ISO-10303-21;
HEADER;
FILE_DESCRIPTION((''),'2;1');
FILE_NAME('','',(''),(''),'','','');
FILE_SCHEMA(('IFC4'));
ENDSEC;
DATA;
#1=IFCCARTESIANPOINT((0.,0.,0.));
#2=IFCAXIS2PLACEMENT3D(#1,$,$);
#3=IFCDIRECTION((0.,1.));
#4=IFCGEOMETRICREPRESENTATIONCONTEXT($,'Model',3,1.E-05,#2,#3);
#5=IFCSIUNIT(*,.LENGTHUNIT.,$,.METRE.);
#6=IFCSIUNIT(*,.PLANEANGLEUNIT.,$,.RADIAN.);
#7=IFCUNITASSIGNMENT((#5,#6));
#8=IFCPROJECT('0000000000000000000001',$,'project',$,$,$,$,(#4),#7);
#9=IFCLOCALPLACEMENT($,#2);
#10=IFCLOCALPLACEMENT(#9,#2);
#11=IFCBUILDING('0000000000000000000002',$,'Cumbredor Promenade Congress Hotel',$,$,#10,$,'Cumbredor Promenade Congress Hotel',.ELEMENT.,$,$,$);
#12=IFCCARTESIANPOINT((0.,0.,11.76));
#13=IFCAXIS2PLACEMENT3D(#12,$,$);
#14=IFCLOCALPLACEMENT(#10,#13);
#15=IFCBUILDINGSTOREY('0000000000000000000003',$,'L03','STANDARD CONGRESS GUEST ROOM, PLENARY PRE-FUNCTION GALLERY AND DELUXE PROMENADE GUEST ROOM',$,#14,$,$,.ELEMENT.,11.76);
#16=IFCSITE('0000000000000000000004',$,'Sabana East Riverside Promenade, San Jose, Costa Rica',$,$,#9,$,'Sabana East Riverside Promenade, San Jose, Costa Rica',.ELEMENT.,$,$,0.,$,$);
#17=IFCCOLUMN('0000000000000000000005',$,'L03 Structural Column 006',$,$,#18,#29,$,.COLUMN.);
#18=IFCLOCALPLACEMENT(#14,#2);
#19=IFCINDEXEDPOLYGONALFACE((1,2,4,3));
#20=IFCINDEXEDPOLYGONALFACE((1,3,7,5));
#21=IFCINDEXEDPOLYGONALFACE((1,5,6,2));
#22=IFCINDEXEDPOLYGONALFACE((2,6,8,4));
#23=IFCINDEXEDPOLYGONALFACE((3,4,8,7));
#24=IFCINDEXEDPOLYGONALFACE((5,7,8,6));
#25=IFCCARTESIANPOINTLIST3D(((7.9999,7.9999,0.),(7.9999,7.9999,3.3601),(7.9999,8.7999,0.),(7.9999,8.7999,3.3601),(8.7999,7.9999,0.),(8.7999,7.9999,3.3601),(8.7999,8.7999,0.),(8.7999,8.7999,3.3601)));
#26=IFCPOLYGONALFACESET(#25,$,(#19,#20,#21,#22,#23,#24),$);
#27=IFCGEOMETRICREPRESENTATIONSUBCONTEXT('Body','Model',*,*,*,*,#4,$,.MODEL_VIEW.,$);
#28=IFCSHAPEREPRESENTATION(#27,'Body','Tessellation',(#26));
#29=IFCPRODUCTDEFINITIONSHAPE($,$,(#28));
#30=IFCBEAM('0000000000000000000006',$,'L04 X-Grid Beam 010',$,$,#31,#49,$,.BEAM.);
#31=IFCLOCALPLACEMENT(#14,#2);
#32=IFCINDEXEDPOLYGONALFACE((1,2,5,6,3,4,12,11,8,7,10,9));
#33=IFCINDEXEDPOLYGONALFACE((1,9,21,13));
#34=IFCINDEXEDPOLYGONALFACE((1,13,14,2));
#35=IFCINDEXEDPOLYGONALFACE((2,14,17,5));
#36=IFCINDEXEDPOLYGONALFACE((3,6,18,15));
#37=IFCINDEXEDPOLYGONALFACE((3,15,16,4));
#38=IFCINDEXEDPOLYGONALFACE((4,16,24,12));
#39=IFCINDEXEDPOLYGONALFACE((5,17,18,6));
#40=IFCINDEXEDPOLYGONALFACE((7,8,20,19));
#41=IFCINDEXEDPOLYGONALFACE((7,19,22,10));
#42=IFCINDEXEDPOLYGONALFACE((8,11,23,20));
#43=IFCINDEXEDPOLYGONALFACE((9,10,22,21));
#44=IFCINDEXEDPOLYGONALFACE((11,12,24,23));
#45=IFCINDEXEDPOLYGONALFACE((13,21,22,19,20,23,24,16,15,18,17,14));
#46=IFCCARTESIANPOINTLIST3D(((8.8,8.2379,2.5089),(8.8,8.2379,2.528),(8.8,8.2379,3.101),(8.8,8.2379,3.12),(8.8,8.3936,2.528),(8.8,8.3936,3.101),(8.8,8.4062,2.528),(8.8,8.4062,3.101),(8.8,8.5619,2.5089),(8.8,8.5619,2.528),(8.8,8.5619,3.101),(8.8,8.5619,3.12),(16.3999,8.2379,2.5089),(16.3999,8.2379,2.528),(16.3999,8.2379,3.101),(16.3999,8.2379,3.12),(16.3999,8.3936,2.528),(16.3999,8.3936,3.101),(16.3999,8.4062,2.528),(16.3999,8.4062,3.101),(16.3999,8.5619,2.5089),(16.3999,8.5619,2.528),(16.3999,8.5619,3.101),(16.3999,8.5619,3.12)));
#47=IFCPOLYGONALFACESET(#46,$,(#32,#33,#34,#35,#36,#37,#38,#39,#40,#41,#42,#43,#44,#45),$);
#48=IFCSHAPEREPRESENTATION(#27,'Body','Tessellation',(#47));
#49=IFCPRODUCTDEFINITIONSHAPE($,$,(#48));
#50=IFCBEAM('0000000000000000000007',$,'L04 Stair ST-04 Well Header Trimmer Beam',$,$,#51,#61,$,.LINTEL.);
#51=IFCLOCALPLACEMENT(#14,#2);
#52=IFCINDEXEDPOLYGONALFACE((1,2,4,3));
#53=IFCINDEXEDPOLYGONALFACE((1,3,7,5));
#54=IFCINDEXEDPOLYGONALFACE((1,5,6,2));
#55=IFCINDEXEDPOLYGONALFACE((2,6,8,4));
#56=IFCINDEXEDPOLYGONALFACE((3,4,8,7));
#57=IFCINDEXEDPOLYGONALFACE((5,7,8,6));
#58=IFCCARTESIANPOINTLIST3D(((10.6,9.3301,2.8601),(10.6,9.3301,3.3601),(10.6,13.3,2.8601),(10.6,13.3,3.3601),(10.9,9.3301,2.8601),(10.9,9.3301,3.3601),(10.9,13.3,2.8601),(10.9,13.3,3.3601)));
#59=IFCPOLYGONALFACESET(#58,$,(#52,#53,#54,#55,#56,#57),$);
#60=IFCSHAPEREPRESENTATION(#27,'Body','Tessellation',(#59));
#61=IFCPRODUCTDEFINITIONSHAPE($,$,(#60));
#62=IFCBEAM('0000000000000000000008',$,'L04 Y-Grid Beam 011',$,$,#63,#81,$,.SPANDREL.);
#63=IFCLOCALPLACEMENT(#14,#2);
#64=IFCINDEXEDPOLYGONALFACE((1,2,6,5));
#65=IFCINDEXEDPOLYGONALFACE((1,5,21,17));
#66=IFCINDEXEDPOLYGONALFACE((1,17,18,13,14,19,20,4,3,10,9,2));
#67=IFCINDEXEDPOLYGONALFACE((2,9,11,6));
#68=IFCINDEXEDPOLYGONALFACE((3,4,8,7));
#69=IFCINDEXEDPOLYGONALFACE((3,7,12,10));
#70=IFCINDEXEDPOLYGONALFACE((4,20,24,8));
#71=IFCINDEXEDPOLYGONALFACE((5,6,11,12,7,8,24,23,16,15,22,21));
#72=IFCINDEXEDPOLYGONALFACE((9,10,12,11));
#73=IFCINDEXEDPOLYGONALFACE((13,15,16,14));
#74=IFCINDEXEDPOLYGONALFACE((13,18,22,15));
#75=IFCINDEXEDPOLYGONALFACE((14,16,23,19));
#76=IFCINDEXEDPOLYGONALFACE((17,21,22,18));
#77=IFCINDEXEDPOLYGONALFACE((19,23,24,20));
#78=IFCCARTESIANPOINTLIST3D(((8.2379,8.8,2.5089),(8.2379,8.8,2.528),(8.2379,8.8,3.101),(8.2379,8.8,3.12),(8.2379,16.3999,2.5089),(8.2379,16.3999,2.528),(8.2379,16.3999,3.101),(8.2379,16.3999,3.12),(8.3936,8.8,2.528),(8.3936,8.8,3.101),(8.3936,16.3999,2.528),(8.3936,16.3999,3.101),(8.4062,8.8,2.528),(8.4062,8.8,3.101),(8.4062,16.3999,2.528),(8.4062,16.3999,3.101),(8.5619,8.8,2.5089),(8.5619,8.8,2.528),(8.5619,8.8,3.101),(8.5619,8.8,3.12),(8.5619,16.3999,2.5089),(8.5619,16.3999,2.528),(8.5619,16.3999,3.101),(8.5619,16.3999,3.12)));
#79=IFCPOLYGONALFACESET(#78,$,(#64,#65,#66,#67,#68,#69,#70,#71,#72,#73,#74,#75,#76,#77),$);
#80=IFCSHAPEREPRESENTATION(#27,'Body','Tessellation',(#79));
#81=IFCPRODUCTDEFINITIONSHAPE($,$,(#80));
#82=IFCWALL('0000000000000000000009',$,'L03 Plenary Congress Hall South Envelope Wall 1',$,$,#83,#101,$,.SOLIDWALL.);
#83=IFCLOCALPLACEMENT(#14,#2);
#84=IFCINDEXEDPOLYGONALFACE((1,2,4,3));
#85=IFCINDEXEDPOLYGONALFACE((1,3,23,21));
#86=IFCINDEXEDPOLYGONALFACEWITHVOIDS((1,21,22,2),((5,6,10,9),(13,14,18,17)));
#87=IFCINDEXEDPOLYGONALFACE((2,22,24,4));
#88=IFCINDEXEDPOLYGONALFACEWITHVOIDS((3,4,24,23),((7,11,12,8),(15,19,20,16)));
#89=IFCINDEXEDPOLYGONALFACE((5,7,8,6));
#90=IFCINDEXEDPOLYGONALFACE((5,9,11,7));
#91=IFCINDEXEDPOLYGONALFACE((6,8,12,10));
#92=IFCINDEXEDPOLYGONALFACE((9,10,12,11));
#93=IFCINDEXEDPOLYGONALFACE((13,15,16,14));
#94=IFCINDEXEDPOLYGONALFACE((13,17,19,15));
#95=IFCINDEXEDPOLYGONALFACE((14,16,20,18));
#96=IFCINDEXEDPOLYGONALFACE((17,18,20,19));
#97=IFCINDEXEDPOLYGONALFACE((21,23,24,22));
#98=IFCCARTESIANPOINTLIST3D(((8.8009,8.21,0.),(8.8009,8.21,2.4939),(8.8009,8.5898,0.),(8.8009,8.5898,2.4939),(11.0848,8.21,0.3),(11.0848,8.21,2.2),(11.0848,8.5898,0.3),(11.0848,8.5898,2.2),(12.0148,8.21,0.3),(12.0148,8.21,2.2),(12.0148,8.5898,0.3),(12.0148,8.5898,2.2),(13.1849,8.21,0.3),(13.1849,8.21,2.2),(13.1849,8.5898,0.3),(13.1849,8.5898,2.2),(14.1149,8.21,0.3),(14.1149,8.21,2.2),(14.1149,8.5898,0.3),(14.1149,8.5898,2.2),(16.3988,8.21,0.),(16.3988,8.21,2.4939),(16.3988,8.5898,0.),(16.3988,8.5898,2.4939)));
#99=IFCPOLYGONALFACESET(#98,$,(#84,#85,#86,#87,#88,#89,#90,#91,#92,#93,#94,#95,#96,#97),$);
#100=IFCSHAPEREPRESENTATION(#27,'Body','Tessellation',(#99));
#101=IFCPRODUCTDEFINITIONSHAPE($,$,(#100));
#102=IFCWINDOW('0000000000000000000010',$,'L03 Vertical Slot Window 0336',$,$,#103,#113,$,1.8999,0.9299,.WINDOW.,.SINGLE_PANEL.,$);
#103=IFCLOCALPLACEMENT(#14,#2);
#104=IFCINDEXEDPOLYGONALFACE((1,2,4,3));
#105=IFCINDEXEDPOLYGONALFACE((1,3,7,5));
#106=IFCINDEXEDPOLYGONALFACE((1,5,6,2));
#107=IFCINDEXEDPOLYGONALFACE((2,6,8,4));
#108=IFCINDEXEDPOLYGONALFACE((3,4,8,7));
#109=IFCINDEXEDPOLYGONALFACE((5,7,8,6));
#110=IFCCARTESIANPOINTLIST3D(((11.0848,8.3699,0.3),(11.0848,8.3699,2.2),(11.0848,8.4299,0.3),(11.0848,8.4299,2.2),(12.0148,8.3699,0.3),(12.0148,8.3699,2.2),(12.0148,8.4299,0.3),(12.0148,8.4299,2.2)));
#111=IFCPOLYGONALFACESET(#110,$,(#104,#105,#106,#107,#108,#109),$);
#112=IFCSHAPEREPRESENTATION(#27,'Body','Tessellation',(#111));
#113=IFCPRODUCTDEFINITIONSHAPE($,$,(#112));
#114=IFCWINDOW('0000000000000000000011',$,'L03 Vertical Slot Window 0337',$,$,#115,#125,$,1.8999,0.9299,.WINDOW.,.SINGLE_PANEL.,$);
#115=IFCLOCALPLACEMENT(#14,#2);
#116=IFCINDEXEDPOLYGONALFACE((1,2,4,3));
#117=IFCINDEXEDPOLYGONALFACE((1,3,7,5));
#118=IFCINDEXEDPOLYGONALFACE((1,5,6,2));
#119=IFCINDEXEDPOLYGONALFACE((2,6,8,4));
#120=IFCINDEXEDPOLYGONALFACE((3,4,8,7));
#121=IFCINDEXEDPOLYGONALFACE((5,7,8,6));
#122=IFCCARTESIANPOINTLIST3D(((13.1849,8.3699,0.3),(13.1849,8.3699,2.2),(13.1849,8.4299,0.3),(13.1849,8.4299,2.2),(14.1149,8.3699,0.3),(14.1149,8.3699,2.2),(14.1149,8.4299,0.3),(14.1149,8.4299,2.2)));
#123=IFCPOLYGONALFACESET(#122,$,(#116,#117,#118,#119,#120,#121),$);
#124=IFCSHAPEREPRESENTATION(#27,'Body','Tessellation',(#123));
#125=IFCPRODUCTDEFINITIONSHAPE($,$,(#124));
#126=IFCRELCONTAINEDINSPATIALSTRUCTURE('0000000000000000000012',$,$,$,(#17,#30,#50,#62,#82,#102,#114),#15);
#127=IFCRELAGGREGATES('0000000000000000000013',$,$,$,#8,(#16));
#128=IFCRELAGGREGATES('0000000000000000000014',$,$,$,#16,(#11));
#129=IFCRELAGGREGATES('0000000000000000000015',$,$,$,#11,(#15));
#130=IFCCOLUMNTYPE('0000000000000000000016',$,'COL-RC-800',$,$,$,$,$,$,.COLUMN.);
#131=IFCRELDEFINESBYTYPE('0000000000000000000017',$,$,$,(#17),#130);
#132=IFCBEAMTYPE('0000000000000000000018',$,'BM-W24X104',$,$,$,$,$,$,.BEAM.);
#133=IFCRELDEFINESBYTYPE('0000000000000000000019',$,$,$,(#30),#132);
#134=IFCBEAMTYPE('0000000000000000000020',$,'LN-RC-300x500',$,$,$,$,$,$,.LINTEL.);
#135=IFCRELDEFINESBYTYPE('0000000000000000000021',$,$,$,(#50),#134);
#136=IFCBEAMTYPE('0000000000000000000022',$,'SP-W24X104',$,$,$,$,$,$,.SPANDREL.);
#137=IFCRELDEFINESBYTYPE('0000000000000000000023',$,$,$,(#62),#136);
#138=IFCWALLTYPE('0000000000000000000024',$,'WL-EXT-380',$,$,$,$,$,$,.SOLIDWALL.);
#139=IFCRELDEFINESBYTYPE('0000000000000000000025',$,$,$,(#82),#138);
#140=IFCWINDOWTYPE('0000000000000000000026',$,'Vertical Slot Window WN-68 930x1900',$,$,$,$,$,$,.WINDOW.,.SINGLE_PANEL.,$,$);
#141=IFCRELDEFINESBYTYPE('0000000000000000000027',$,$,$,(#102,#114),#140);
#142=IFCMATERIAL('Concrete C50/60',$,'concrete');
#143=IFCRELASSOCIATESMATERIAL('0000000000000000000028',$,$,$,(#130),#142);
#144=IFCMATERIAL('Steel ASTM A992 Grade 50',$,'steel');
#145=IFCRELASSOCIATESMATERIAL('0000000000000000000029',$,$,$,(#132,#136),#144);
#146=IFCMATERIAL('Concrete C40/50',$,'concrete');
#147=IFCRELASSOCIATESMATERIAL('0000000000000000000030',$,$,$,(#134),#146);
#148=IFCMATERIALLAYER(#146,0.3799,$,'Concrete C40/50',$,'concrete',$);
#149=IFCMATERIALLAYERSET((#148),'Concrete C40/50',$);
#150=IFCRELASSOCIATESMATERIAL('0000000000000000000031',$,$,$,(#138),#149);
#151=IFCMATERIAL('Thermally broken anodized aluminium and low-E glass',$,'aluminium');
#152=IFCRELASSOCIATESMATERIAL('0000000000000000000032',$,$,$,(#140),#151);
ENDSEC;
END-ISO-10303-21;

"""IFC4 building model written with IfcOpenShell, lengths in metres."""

from ifc_helpers import new_model, si_unit, direction, frame, frame_2d, origin, origin_2d, place, context, subcontext, project, spatial, rectangle, i_section, extrude, material, layer, layer_set, material_profile, profile_set, type_object, element, fill, save


model = new_model("IFC4")

# Units and contexts
model_context = context("Model", 3, precision=1e-05, world=origin(), true_north=direction((0.0, 1.0)))
body_context = subcontext(model_context, "Body", "Model", "MODEL_VIEW")
ifc_project = project(units=[si_unit("LENGTHUNIT", "METRE"), si_unit("PLANEANGLEUNIT", "RADIAN")], contexts=[model_context])

# Site, building, storey
site_placement = place(None, origin())
site = spatial("IfcSite", under=ifc_project, at=site_placement, Name="Sabana East Riverside Promenade, San Jose, Costa Rica", LongName="Sabana East Riverside Promenade, San Jose, Costa Rica", CompositionType="ELEMENT", RefElevation=0.0)
building_placement = place(site_placement, origin())
building = spatial("IfcBuilding", under=site, at=building_placement, Name="Cumbredor Promenade Congress Hotel", LongName="Cumbredor Promenade Congress Hotel", CompositionType="ELEMENT")
storey_placement = place(building_placement, frame((0.0, 0.0, 11.76)))
storey = spatial("IfcBuildingStorey", under=building, at=storey_placement, Name="L03", Description="STANDARD CONGRESS GUEST ROOM, PLENARY PRE-FUNCTION GALLERY AND DELUXE PROMENADE GUEST ROOM", CompositionType="ELEMENT", Elevation=11.76)

# Column
ifc_material_1 = material(Name="Concrete C50/60", Category="concrete")
ifc_material_profile_1 = material_profile(ifc_material_1, rectangle(XDim=0.8, YDim=0.8, at=origin_2d()), Name="RC 800x800")
ifc_profile_set_1 = profile_set([ifc_material_profile_1], Name="Concrete C50/60")
column_type = type_object("IfcColumnType", Name="COL-RC-800", PredefinedType="COLUMN", material=ifc_profile_set_1)
column_placement = place(storey_placement, frame((8.3999, 8.3999, 0.0), z_axis=(0.0, 0.0, 1.0), x_axis=(1.0, 0.0, 0.0)))
element("IfcColumn", 1, at=column_placement, inside=storey, type_object=column_type, Name="L03 Structural Column 006", PredefinedType="COLUMN", context=body_context, shape_type="SweptSolid", body=[
    extrude(rectangle(XDim=0.8, YDim=0.8, at=origin_2d()), origin(), (0.0, 0.0, 1.0), 3.3601),
])

# Beams
ifc_material_2 = material(Name="Steel ASTM A992 Grade 50", Category="steel")
ifc_material_profile_2 = material_profile(ifc_material_2, i_section(OverallWidth=0.324, OverallDepth=0.6111, WebThickness=0.0127, FlangeThickness=0.019, at=origin_2d()), Name="W24X104")
ifc_profile_set_2 = profile_set([ifc_material_profile_2], Name="Steel ASTM A992 Grade 50")
beam_type_1 = type_object("IfcBeamType", Name="BM-W24X104", PredefinedType="BEAM", material=ifc_profile_set_2)
beam_1_placement = place(storey_placement, frame((8.8, 8.3999, 2.8145), z_axis=(1.0, 0.0, 0.0), x_axis=(0.0, 1.0, 0.0)))
element("IfcBeam", 2, at=beam_1_placement, inside=storey, type_object=beam_type_1, Name="L04 X-Grid Beam 010", PredefinedType="BEAM", context=body_context, shape_type="SweptSolid", body=[
    extrude(i_section(OverallWidth=0.324, OverallDepth=0.6111, WebThickness=0.0127, FlangeThickness=0.019, at=origin_2d()), origin(), (0.0, 0.0, 1.0), 7.5999),
])
ifc_material_3 = material(Name="Concrete C40/50", Category="concrete")
ifc_material_profile_3 = material_profile(ifc_material_3, rectangle(XDim=0.3, YDim=0.5, at=origin_2d()), Name="RC LINTEL 300x500")
ifc_profile_set_3 = profile_set([ifc_material_profile_3], Name="Concrete C40/50")
beam_type_2 = type_object("IfcBeamType", Name="LN-RC-300x500", PredefinedType="LINTEL", material=ifc_profile_set_3)
beam_2_placement = place(storey_placement, frame((10.75, 9.3301, 3.1101), z_axis=(0.0, 1.0, 0.0), x_axis=(-1.0, 0.0, 0.0)))
element("IfcBeam", 3, at=beam_2_placement, inside=storey, type_object=beam_type_2, Name="L04 Stair ST-04 Well Header Trimmer Beam", PredefinedType="LINTEL", context=body_context, shape_type="SweptSolid", body=[
    extrude(rectangle(XDim=0.3, YDim=0.5, at=origin_2d()), origin(), (0.0, 0.0, 1.0), 3.97),
])
ifc_material_profile_4 = material_profile(ifc_material_2, i_section(OverallWidth=0.324, OverallDepth=0.6111, WebThickness=0.0127, FlangeThickness=0.019, at=origin_2d()), Name="W24X104")
ifc_profile_set_4 = profile_set([ifc_material_profile_4], Name="Steel ASTM A992 Grade 50")
beam_type_3 = type_object("IfcBeamType", Name="SP-W24X104", PredefinedType="SPANDREL", material=ifc_profile_set_4)
beam_3_placement = place(storey_placement, frame((8.3999, 8.8, 2.8145), z_axis=(0.0, 1.0, 0.0), x_axis=(-1.0, 0.0, 0.0)))
element("IfcBeam", 4, at=beam_3_placement, inside=storey, type_object=beam_type_3, Name="L04 Y-Grid Beam 011", PredefinedType="SPANDREL", context=body_context, shape_type="SweptSolid", body=[
    extrude(i_section(OverallWidth=0.324, OverallDepth=0.6111, WebThickness=0.0127, FlangeThickness=0.019, at=origin_2d()), origin(), (0.0, 0.0, 1.0), 7.5999),
])

# Wall, openings, windows
ifc_layer_1 = layer(ifc_material_3, 0.3799, Name="Concrete C40/50", Category="concrete")
ifc_layer_set_1 = layer_set([ifc_layer_1], Name="Concrete C40/50")
wall_type_1 = type_object("IfcWallType", Name="WL-EXT-380", PredefinedType="SOLIDWALL", material=ifc_layer_set_1)
wall_1_placement = place(storey_placement, frame((8.801, 8.3999, 0.0), z_axis=(0.0, 0.0, 1.0), x_axis=(1.0, 0.0, 0.0)))
wall_1 = element("IfcWall", 5, at=wall_1_placement, inside=storey, type_object=wall_type_1, Name="L03 Plenary Congress Hall South Envelope Wall 1", PredefinedType="SOLIDWALL", context=body_context, shape_type="SweptSolid", body=[
    extrude(rectangle(XDim=7.5979, YDim=0.3799, at=frame_2d((3.7988, 0.0))), origin(), (0.0, 0.0, 1.0), 2.4939),
])
opening_1_placement = place(wall_1_placement, frame((2.2839, 0.0, 0.3)))
opening_1 = element("IfcOpeningElement", 6, at=opening_1_placement, cuts=wall_1, PredefinedType="OPENING", context=body_context, shape_type="SweptSolid", body=[
    extrude(rectangle(XDim=0.9299, YDim=1.8999, at=frame_2d((0.4648, 0.95))), frame((0.0, 0.2, 0.0), z_axis=(0.0, -1.0, 0.0), x_axis=(1.0, 0.0, 0.0)), (0.0, 0.0, 1.0), 0.3999),
])
opening_2_placement = place(wall_1_placement, frame((4.384, 0.0, 0.3)))
opening_2 = element("IfcOpeningElement", 7, at=opening_2_placement, cuts=wall_1, PredefinedType="OPENING", context=body_context, shape_type="SweptSolid", body=[
    extrude(rectangle(XDim=0.9299, YDim=1.8999, at=frame_2d((0.4648, 0.95))), frame((0.0, 0.2, 0.0), z_axis=(0.0, -1.0, 0.0), x_axis=(1.0, 0.0, 0.0)), (0.0, 0.0, 1.0), 0.3999),
])
ifc_material_4 = material(Name="Thermally broken anodized aluminium and low-E glass", Category="aluminium")
window_type_1 = type_object("IfcWindowType", Name="Vertical Slot Window WN-68 930x1900", PartitioningType="SINGLE_PANEL", PredefinedType="WINDOW", material=ifc_material_4)
window_1_placement = place(opening_1_placement, origin())
window_1 = element("IfcWindow", 8, at=window_1_placement, inside=storey, type_object=window_type_1, Name="L03 Vertical Slot Window 0336", OverallHeight=1.8999, OverallWidth=0.9299, PartitioningType="SINGLE_PANEL", PredefinedType="WINDOW", context=body_context, shape_type="SweptSolid", body=[
    extrude(rectangle(XDim=0.9299, YDim=1.8999, at=frame_2d((0.4648, 0.95))), frame((0.0, 0.03, 0.0), z_axis=(0.0, -1.0, 0.0), x_axis=(1.0, 0.0, 0.0)), (0.0, 0.0, 1.0), 0.0601),
])
fill(opening_1, window_1)
window_2_placement = place(opening_2_placement, origin())
window_2 = element("IfcWindow", 9, at=window_2_placement, inside=storey, type_object=window_type_1, Name="L03 Vertical Slot Window 0337", OverallHeight=1.8999, OverallWidth=0.9299, PartitioningType="SINGLE_PANEL", PredefinedType="WINDOW", context=body_context, shape_type="SweptSolid", body=[
    extrude(rectangle(XDim=0.9299, YDim=1.8999, at=frame_2d((0.4648, 0.95))), frame((0.0, 0.03, 0.0), z_axis=(0.0, -1.0, 0.0), x_axis=(1.0, 0.0, 0.0)), (0.0, 0.0, 1.0), 0.0601),
])
fill(opening_2, window_2)

save(model, "model.ifc")
